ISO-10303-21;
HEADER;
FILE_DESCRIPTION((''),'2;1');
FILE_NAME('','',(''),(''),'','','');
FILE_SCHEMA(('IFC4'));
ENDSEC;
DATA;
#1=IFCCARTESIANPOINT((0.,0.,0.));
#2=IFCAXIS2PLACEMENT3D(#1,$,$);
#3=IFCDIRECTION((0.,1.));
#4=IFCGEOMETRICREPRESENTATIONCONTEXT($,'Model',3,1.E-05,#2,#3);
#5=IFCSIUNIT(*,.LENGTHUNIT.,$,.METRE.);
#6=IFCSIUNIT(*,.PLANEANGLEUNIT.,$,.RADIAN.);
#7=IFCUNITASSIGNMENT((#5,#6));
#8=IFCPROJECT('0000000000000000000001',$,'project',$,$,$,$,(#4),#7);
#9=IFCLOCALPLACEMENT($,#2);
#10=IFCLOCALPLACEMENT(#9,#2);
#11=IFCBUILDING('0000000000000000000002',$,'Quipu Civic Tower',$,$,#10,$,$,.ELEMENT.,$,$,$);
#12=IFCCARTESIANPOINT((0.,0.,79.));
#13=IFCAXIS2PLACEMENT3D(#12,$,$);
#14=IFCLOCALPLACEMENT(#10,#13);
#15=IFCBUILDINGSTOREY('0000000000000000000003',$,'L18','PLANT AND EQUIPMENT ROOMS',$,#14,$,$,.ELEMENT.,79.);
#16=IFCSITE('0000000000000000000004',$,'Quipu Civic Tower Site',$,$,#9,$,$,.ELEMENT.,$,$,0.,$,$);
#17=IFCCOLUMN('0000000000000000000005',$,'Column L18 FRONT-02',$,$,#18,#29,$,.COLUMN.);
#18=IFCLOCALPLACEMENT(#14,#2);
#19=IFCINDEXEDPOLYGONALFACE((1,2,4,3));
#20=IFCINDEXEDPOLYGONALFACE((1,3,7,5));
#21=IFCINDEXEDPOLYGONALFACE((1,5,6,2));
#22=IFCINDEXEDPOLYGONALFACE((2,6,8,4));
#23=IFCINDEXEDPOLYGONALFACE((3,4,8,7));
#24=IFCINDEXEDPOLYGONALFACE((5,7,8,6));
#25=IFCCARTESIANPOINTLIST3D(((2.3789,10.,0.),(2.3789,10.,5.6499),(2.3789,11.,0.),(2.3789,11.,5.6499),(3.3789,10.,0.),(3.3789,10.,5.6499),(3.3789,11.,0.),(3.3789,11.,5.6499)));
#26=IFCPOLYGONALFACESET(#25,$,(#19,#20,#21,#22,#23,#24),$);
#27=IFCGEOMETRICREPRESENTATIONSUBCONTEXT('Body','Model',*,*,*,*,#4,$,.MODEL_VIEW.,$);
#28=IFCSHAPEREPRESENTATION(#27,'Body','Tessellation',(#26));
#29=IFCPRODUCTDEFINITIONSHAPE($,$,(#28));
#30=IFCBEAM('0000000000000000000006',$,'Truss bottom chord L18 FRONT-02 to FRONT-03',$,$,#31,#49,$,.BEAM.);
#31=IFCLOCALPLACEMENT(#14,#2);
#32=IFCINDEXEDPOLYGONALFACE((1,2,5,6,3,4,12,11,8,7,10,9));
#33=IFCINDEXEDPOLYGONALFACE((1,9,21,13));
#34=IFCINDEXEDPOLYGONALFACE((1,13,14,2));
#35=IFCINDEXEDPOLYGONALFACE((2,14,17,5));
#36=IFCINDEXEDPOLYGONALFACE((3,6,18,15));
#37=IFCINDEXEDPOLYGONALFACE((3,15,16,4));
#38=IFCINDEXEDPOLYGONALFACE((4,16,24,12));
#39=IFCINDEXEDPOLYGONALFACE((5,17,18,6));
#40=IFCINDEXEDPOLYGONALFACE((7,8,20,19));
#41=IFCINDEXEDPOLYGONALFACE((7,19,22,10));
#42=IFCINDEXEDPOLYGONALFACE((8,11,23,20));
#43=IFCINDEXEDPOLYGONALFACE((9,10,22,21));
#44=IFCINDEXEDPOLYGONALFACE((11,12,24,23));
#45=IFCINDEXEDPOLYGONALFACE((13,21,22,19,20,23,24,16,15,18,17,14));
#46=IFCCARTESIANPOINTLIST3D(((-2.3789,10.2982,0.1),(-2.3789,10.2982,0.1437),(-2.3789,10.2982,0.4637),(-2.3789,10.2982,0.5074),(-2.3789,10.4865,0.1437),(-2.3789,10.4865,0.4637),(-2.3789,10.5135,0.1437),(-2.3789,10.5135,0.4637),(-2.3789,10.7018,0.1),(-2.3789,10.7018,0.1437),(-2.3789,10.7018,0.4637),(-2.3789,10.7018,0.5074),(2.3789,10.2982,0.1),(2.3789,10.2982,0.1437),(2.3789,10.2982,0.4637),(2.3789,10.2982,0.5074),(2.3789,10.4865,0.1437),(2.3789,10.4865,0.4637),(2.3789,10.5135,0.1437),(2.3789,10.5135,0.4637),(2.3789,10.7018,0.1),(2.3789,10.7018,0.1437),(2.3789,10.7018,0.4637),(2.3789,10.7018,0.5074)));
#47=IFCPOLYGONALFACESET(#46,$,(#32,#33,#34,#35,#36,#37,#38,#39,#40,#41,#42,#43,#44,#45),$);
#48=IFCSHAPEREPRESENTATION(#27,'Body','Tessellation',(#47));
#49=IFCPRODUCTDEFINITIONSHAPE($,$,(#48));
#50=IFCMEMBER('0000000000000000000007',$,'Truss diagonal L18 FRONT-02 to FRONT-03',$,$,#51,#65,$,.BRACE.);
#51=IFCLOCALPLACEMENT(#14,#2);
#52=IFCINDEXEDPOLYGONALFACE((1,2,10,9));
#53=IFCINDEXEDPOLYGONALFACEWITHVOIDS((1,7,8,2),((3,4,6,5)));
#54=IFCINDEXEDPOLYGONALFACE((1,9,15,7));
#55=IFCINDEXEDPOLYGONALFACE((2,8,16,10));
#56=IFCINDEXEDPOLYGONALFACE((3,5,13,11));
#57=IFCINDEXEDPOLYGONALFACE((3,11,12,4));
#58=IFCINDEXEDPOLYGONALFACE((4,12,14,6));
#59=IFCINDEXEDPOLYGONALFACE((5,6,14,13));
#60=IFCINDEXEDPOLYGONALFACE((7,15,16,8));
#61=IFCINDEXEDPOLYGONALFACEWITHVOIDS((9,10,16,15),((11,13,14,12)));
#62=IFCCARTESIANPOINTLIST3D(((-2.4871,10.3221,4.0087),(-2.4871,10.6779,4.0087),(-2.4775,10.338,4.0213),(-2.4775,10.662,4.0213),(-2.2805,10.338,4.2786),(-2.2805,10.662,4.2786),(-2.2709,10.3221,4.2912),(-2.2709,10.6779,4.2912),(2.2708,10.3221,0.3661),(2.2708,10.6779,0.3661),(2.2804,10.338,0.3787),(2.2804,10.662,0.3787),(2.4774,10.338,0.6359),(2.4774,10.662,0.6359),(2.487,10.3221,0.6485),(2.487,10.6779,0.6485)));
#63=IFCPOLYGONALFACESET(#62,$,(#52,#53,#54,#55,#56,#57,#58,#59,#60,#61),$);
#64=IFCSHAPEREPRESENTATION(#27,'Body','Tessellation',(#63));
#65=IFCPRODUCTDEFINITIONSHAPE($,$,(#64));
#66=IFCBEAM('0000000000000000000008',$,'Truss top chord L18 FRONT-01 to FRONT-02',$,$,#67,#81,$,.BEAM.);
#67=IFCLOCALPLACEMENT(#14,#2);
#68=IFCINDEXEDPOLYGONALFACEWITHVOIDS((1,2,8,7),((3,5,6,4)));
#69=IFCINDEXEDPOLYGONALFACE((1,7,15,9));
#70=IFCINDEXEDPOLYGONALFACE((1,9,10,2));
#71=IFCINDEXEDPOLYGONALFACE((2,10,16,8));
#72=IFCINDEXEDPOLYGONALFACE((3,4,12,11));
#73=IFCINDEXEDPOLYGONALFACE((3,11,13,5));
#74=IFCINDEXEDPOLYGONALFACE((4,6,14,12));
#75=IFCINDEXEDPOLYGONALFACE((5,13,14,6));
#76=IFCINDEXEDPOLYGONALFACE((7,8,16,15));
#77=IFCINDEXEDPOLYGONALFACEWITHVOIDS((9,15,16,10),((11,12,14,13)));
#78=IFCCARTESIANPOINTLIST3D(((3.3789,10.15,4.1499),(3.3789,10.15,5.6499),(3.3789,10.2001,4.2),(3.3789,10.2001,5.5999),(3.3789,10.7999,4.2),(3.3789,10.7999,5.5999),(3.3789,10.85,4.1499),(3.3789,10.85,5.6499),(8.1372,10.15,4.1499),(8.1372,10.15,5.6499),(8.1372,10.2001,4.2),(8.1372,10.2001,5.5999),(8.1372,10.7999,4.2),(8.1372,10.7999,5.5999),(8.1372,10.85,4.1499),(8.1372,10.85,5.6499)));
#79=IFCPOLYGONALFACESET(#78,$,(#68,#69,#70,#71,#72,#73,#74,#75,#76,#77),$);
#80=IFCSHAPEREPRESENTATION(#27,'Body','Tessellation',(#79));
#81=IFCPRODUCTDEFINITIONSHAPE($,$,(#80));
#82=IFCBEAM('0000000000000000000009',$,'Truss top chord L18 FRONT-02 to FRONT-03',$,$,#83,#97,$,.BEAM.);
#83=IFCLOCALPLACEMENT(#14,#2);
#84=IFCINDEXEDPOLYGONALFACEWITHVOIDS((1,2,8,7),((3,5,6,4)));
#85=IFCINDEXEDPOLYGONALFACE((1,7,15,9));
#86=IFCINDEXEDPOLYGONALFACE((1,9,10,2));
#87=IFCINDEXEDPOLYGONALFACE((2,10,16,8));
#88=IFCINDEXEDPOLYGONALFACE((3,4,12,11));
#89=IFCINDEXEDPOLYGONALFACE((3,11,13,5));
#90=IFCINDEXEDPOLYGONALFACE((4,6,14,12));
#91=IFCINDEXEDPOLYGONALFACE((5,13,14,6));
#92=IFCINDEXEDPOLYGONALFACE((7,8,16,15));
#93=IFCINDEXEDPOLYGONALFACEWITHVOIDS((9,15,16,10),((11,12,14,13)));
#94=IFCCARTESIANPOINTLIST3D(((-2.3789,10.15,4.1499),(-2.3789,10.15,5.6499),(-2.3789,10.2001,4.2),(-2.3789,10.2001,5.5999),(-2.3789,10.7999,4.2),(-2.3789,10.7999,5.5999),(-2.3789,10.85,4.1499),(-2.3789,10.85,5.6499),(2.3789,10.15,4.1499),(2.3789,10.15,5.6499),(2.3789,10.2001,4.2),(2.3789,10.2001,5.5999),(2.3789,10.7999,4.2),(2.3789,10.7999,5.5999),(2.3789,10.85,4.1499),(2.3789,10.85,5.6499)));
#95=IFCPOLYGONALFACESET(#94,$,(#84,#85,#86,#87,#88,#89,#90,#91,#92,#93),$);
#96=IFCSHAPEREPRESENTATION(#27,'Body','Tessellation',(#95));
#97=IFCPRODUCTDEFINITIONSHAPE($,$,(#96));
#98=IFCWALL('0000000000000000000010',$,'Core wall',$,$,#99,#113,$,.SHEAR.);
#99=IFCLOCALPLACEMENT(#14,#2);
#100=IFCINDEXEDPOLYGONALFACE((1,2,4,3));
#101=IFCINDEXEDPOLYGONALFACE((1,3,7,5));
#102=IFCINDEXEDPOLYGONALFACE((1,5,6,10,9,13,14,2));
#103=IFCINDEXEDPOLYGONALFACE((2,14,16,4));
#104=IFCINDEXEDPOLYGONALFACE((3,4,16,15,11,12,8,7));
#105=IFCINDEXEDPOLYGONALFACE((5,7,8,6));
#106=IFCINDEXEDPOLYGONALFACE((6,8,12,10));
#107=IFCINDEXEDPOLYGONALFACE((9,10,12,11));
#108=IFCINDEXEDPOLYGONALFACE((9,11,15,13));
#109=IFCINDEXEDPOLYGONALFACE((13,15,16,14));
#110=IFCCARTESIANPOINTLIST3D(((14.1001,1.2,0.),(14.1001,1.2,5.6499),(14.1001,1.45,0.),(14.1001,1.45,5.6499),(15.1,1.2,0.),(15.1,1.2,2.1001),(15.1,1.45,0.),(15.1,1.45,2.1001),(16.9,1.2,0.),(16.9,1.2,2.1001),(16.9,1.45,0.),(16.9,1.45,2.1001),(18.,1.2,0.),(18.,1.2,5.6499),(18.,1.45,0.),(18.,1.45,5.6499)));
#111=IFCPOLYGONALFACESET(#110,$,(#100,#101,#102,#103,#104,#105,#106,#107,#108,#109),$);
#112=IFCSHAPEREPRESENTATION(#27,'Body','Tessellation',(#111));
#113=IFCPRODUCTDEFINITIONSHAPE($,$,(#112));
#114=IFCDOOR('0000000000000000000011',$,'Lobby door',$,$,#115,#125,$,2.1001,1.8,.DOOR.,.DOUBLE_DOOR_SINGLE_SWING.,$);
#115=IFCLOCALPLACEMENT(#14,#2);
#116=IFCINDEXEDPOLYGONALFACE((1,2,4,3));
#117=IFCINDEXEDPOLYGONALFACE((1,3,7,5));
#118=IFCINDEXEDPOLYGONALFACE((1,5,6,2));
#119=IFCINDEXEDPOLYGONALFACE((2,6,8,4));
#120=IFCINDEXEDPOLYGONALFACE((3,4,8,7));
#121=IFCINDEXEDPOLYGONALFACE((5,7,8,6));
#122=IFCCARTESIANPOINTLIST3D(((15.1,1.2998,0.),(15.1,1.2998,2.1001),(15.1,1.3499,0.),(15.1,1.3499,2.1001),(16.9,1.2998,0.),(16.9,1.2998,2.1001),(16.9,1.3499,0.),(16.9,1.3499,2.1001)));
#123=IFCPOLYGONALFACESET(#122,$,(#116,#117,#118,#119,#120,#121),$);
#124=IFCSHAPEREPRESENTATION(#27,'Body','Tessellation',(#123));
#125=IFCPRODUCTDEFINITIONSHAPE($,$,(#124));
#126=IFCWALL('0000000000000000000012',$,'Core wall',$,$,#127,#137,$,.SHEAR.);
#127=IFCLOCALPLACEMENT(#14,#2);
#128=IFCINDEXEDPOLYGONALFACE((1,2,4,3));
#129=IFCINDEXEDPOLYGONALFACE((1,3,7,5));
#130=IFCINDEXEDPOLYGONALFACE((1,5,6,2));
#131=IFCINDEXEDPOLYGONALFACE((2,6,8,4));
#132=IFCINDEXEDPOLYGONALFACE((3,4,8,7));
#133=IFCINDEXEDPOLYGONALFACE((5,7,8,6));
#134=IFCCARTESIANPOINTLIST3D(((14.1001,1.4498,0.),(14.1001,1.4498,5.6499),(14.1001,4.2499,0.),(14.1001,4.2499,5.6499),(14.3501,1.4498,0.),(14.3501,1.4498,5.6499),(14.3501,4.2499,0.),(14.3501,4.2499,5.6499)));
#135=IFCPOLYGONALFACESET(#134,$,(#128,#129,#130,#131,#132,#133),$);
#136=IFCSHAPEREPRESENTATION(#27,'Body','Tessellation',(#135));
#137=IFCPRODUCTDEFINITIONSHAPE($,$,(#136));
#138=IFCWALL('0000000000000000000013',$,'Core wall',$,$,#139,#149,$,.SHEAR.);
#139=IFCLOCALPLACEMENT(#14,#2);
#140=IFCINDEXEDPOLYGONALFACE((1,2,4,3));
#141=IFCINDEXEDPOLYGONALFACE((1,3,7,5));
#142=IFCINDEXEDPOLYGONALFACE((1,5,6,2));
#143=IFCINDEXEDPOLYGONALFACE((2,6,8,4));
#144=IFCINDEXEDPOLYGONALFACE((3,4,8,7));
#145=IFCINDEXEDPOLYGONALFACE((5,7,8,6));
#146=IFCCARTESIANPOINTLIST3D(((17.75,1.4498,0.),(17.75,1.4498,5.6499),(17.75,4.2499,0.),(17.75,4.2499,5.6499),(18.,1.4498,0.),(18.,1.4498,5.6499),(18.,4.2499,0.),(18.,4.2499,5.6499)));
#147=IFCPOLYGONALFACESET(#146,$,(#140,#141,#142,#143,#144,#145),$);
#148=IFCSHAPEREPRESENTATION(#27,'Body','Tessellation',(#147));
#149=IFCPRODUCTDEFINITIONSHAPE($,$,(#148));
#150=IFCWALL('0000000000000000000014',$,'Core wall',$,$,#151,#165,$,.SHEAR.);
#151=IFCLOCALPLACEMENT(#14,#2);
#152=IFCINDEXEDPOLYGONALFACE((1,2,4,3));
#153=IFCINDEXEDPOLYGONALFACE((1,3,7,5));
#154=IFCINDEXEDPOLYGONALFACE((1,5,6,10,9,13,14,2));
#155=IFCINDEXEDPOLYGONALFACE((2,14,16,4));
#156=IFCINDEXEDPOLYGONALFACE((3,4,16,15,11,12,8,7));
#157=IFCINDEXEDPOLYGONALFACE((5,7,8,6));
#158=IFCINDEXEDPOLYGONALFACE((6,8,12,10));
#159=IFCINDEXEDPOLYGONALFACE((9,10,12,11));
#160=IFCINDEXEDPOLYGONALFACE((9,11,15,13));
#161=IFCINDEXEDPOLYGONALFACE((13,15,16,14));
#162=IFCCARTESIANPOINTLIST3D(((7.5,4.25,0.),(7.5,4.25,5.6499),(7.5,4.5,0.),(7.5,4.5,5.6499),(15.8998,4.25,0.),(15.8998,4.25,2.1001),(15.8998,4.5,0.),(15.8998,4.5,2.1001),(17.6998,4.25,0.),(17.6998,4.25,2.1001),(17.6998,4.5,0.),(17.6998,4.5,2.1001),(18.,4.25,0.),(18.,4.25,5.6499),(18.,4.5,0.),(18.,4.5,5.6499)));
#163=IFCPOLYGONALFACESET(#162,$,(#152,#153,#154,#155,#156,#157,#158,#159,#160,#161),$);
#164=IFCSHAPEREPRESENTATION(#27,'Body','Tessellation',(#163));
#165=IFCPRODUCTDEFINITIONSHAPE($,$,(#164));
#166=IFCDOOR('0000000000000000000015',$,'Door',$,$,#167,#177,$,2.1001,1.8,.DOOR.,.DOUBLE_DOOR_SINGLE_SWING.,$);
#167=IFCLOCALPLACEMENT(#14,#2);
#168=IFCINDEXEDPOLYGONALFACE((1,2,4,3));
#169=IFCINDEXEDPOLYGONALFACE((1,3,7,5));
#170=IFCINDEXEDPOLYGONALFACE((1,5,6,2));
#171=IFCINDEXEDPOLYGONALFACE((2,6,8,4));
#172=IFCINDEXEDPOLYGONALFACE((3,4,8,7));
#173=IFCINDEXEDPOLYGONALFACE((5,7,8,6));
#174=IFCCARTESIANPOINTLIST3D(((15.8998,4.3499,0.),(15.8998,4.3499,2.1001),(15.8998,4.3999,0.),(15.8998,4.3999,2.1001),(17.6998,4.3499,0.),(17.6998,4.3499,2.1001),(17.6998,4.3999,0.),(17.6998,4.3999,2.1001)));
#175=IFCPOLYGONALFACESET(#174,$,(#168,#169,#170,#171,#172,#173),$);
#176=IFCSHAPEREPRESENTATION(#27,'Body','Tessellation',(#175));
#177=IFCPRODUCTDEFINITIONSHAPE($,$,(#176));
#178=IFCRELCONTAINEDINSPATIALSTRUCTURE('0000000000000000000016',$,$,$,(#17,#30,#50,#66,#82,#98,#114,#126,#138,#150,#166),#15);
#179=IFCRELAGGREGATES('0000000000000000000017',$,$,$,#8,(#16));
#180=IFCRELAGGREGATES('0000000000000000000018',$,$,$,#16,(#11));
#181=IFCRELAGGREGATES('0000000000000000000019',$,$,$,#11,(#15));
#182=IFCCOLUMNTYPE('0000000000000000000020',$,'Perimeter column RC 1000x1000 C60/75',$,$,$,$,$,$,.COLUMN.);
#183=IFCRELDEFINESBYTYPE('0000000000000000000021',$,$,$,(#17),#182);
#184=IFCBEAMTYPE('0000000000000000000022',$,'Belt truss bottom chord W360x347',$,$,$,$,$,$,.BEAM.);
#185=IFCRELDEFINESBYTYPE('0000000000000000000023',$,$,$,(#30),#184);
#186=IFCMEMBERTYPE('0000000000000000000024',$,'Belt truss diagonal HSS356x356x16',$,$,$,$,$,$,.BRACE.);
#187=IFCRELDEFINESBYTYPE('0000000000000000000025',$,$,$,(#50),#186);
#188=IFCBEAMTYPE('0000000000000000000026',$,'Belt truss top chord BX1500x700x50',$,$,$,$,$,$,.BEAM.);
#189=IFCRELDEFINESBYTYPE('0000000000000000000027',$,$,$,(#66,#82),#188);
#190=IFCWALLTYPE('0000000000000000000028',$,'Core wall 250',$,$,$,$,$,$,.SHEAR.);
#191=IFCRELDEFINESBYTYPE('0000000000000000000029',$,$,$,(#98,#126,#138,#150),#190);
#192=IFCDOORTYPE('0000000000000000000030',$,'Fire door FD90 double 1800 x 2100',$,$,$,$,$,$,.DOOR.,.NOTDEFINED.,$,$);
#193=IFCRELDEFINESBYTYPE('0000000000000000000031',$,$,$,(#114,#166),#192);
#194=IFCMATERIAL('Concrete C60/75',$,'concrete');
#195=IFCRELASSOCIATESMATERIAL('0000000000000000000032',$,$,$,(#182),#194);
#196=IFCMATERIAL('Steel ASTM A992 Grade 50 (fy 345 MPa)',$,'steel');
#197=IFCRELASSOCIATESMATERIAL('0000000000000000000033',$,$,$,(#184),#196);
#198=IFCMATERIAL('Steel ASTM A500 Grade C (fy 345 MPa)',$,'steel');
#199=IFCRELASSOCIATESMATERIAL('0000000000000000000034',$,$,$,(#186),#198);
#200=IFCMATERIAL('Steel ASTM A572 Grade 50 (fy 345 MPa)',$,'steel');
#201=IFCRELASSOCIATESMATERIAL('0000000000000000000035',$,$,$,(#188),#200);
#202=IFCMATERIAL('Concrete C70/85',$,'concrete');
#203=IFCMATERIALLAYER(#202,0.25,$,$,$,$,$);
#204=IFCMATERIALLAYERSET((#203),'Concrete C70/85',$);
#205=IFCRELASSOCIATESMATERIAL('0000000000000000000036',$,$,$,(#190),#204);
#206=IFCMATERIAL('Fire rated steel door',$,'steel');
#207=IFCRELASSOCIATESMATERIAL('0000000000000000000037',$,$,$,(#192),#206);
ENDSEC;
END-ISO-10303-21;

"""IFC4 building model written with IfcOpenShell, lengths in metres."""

from ifc_helpers import new_model, si_unit, direction, frame, frame_2d, origin, origin_2d, place, context, subcontext, project, spatial, rectangle, hollow_rectangle, i_section, extrude, material, layer, layer_set, material_profile, profile_set, type_object, element, fill, save


model = new_model("IFC4")

# Units and contexts
model_context = context("Model", 3, precision=1e-05, world=origin(), true_north=direction((0.0, 1.0)))
body_context = subcontext(model_context, "Body", "Model", "MODEL_VIEW")
ifc_project = project(units=[si_unit("LENGTHUNIT", "METRE"), si_unit("PLANEANGLEUNIT", "RADIAN")], contexts=[model_context])

# Site, building, storey
site_placement = place(None, origin())
site = spatial("IfcSite", under=ifc_project, at=site_placement, Name="Quipu Civic Tower Site", CompositionType="ELEMENT", RefElevation=0.0)
building_placement = place(site_placement, origin())
building = spatial("IfcBuilding", under=site, at=building_placement, Name="Quipu Civic Tower", CompositionType="ELEMENT")
storey_placement = place(building_placement, frame((0.0, 0.0, 79.0)))
storey = spatial("IfcBuildingStorey", under=building, at=storey_placement, Name="L18", Description="PLANT AND EQUIPMENT ROOMS", CompositionType="ELEMENT", Elevation=79.0)

# Column
ifc_material_1 = material(Name="Concrete C60/75", Category="concrete")
ifc_material_profile_1 = material_profile(ifc_material_1, rectangle(XDim=1.0, YDim=1.0, at=origin_2d()), Name="RC1000x1000")
ifc_profile_set_1 = profile_set([ifc_material_profile_1], Name="Concrete C60/75")
column_type = type_object("IfcColumnType", Name="Perimeter column RC 1000x1000 C60/75", PredefinedType="COLUMN", material=ifc_profile_set_1)
column_placement = place(storey_placement, frame((2.8789, 10.5, 0.0), z_axis=(0.0, 0.0, 1.0), x_axis=(-1.0, 0.0, 0.0)))
element("IfcColumn", 1, at=column_placement, inside=storey, type_object=column_type, Name="Column L18 FRONT-02", PredefinedType="COLUMN", context=body_context, shape_type="SweptSolid", body=[
    extrude(rectangle(XDim=1.0, YDim=1.0, at=origin_2d()), origin(), (0.0, 0.0, 1.0), 5.6499),
])

# Beam
ifc_material_2 = material(Name="Steel ASTM A992 Grade 50 (fy 345 MPa)", Category="steel")
ifc_material_profile_2 = material_profile(ifc_material_2, i_section(OverallWidth=0.4036, OverallDepth=0.4075, WebThickness=0.0271, FlangeThickness=0.0437, at=origin_2d()), Name="W360x347")
ifc_profile_set_2 = profile_set([ifc_material_profile_2], Name="Steel ASTM A992 Grade 50 (fy 345 MPa)")
beam_type_1 = type_object("IfcBeamType", Name="Belt truss bottom chord W360x347", PredefinedType="BEAM", material=ifc_profile_set_2)
beam_1_placement = place(storey_placement, frame((2.3789, 10.5, 0.3037), z_axis=(-1.0, 0.0, 0.0), x_axis=(0.0, -1.0, 0.0)))
element("IfcBeam", 2, at=beam_1_placement, inside=storey, type_object=beam_type_1, Name="Truss bottom chord L18 FRONT-02 to FRONT-03", PredefinedType="BEAM", context=body_context, shape_type="SweptSolid", body=[
    extrude(i_section(OverallWidth=0.4036, OverallDepth=0.4075, WebThickness=0.0271, FlangeThickness=0.0437, at=origin_2d()), origin(), (0.0, 0.0, 1.0), 4.7578),
])

# Member
ifc_material_3 = material(Name="Steel ASTM A500 Grade C (fy 345 MPa)", Category="steel")
ifc_material_profile_3 = material_profile(ifc_material_3, hollow_rectangle(XDim=0.3557, YDim=0.3557, WallThickness=0.0159, at=origin_2d()), Name="HSS356x356x16")
ifc_profile_set_3 = profile_set([ifc_material_profile_3], Name="Steel ASTM A500 Grade C (fy 345 MPa)")
member_type = type_object("IfcMemberType", Name="Belt truss diagonal HSS356x356x16", PredefinedType="BRACE", material=ifc_profile_set_3)
member_placement = place(storey_placement, frame((2.3789, 10.5, 0.5073), z_axis=(-0.794015, 0.0, 0.607898), x_axis=(0.0, -1.0, 0.0)))
element("IfcMember", 3, at=member_placement, inside=storey, type_object=member_type, Name="Truss diagonal L18 FRONT-02 to FRONT-03", PredefinedType="BRACE", context=body_context, shape_type="SweptSolid", body=[
    extrude(hollow_rectangle(XDim=0.3557, YDim=0.3557, WallThickness=0.0159, at=origin_2d()), origin(), (0.0, 0.0, 1.0), 5.9922),
])

# Beams
ifc_material_4 = material(Name="Steel ASTM A572 Grade 50 (fy 345 MPa)", Category="steel")
ifc_material_profile_4 = material_profile(ifc_material_4, hollow_rectangle(XDim=0.7, YDim=1.5, WallThickness=0.05, at=origin_2d()), Name="BX1500x700x50")
ifc_profile_set_4 = profile_set([ifc_material_profile_4], Name="Steel ASTM A572 Grade 50 (fy 345 MPa)")
beam_type_2 = type_object("IfcBeamType", Name="Belt truss top chord BX1500x700x50", PredefinedType="BEAM", material=ifc_profile_set_4)
beam_2_placement = place(storey_placement, frame((8.1372, 10.5, 4.8999), z_axis=(-1.0, 0.0, 0.0), x_axis=(0.0, -1.0, 0.0)))
element("IfcBeam", 4, at=beam_2_placement, inside=storey, type_object=beam_type_2, Name="Truss top chord L18 FRONT-01 to FRONT-02", PredefinedType="BEAM", context=body_context, shape_type="SweptSolid", body=[
    extrude(hollow_rectangle(XDim=0.7, YDim=1.5, WallThickness=0.05, at=origin_2d()), origin(), (0.0, 0.0, 1.0), 4.7583),
])
beam_3_placement = place(storey_placement, frame((2.3789, 10.5, 4.8999), z_axis=(-1.0, 0.0, 0.0), x_axis=(0.0, -1.0, 0.0)))
element("IfcBeam", 5, at=beam_3_placement, inside=storey, type_object=beam_type_2, Name="Truss top chord L18 FRONT-02 to FRONT-03", PredefinedType="BEAM", context=body_context, shape_type="SweptSolid", body=[
    extrude(hollow_rectangle(XDim=0.7, YDim=1.5, WallThickness=0.05, at=origin_2d()), origin(), (0.0, 0.0, 1.0), 4.7578),
])

# Wall, opening, door
ifc_material_5 = material(Name="Concrete C70/85", Category="concrete")
ifc_layer_1 = layer(ifc_material_5, 0.25)
ifc_layer_set_1 = layer_set([ifc_layer_1], Name="Concrete C70/85")
wall_type_1 = type_object("IfcWallType", Name="Core wall 250", PredefinedType="SHEAR", material=ifc_layer_set_1)
wall_1_placement = place(storey_placement, frame((14.1001, 1.325, 0.0), z_axis=(0.0, 0.0, 1.0), x_axis=(1.0, 0.0, 0.0)))
wall_1 = element("IfcWall", 6, at=wall_1_placement, inside=storey, type_object=wall_type_1, Name="Core wall", PredefinedType="SHEAR", context=body_context, shape_type="SweptSolid", body=[
    extrude(rectangle(XDim=3.8999, YDim=0.25, at=frame_2d((1.95, 0.0))), origin(), (0.0, 0.0, 1.0), 5.6499),
])
opening_1_placement = place(wall_1_placement, frame((1.0, 0.0, 0.0)))
opening_1 = element("IfcOpeningElement", 7, at=opening_1_placement, cuts=wall_1, PredefinedType="OPENING", context=body_context, shape_type="SweptSolid", body=[
    extrude(rectangle(XDim=1.8, YDim=2.1001, at=frame_2d((0.8999, 1.05))), frame((0.0, 0.135, 0.0), z_axis=(0.0, -1.0, 0.0), x_axis=(1.0, 0.0, 0.0)), (0.0, 0.0, 1.0), 0.27),
])
ifc_material_6 = material(Name="Fire rated steel door", Category="steel")
door_type = type_object("IfcDoorType", Name="Fire door FD90 double 1800 x 2100", OperationType="NOTDEFINED", PredefinedType="DOOR", material=ifc_material_6)
door_1_placement = place(opening_1_placement, origin())
door_1 = element("IfcDoor", 8, at=door_1_placement, inside=storey, type_object=door_type, Name="Lobby door", OperationType="DOUBLE_DOOR_SINGLE_SWING", OverallHeight=2.1001, OverallWidth=1.8, PredefinedType="DOOR", context=body_context, shape_type="SweptSolid", body=[
    extrude(rectangle(XDim=1.8, YDim=2.1001, at=frame_2d((0.8999, 1.05))), frame((0.0, 0.0249, 0.0), z_axis=(0.0, -1.0, 0.0), x_axis=(1.0, 0.0, 0.0)), (0.0, 0.0, 1.0), 0.05),
])
fill(opening_1, door_1)

# Walls
for number, where, z_axis, x_axis, name in (
    (9, (14.2251, 1.45, 0.0), (0.0, 0.0, 1.0), (0.0, 1.0, 0.0), "Core wall"),
    (10, (17.875, 1.45, 0.0), (0.0, 0.0, 1.0), (0.0, 1.0, 0.0), "Core wall"),
):
    element("IfcWall", number, at=place(storey_placement, frame(where, z_axis=z_axis, x_axis=x_axis)), inside=storey, type_object=wall_type_1, Name=name, PredefinedType="SHEAR", context=body_context, shape_type="SweptSolid", body=[
        extrude(rectangle(XDim=2.8, YDim=0.25, at=frame_2d((1.3999, 0.0))), origin(), (0.0, 0.0, 1.0), 5.6499),
    ])

# Wall, opening, door
wall_2_placement = place(storey_placement, frame((7.5, 4.375, 0.0), z_axis=(0.0, 0.0, 1.0), x_axis=(1.0, 0.0, 0.0)))
wall_2 = element("IfcWall", 11, at=wall_2_placement, inside=storey, type_object=wall_type_1, Name="Core wall", PredefinedType="SHEAR", context=body_context, shape_type="SweptSolid", body=[
    extrude(rectangle(XDim=10.5, YDim=0.25, at=frame_2d((5.25, 0.0))), origin(), (0.0, 0.0, 1.0), 5.6499),
])
opening_2_placement = place(wall_2_placement, frame((8.3999, 0.0, 0.0)))
opening_2 = element("IfcOpeningElement", 12, at=opening_2_placement, cuts=wall_2, PredefinedType="OPENING", context=body_context, shape_type="SweptSolid", body=[
    extrude(rectangle(XDim=1.8, YDim=2.1001, at=frame_2d((0.8999, 1.05))), frame((0.0, 0.135, 0.0), z_axis=(0.0, -1.0, 0.0), x_axis=(1.0, 0.0, 0.0)), (0.0, 0.0, 1.0), 0.27),
])
door_2_placement = place(opening_2_placement, origin())
door_2 = element("IfcDoor", 13, at=door_2_placement, inside=storey, type_object=door_type, Name="Door", OperationType="DOUBLE_DOOR_SINGLE_SWING", OverallHeight=2.1001, OverallWidth=1.8, PredefinedType="DOOR", context=body_context, shape_type="SweptSolid", body=[
    extrude(rectangle(XDim=1.8, YDim=2.1001, at=frame_2d((0.8999, 1.05))), frame((0.0, 0.0249, 0.0), z_axis=(0.0, -1.0, 0.0), x_axis=(1.0, 0.0, 0.0)), (0.0, 0.0, 1.0), 0.05),
])
fill(opening_2, door_2)

save(model, "model.ifc")
